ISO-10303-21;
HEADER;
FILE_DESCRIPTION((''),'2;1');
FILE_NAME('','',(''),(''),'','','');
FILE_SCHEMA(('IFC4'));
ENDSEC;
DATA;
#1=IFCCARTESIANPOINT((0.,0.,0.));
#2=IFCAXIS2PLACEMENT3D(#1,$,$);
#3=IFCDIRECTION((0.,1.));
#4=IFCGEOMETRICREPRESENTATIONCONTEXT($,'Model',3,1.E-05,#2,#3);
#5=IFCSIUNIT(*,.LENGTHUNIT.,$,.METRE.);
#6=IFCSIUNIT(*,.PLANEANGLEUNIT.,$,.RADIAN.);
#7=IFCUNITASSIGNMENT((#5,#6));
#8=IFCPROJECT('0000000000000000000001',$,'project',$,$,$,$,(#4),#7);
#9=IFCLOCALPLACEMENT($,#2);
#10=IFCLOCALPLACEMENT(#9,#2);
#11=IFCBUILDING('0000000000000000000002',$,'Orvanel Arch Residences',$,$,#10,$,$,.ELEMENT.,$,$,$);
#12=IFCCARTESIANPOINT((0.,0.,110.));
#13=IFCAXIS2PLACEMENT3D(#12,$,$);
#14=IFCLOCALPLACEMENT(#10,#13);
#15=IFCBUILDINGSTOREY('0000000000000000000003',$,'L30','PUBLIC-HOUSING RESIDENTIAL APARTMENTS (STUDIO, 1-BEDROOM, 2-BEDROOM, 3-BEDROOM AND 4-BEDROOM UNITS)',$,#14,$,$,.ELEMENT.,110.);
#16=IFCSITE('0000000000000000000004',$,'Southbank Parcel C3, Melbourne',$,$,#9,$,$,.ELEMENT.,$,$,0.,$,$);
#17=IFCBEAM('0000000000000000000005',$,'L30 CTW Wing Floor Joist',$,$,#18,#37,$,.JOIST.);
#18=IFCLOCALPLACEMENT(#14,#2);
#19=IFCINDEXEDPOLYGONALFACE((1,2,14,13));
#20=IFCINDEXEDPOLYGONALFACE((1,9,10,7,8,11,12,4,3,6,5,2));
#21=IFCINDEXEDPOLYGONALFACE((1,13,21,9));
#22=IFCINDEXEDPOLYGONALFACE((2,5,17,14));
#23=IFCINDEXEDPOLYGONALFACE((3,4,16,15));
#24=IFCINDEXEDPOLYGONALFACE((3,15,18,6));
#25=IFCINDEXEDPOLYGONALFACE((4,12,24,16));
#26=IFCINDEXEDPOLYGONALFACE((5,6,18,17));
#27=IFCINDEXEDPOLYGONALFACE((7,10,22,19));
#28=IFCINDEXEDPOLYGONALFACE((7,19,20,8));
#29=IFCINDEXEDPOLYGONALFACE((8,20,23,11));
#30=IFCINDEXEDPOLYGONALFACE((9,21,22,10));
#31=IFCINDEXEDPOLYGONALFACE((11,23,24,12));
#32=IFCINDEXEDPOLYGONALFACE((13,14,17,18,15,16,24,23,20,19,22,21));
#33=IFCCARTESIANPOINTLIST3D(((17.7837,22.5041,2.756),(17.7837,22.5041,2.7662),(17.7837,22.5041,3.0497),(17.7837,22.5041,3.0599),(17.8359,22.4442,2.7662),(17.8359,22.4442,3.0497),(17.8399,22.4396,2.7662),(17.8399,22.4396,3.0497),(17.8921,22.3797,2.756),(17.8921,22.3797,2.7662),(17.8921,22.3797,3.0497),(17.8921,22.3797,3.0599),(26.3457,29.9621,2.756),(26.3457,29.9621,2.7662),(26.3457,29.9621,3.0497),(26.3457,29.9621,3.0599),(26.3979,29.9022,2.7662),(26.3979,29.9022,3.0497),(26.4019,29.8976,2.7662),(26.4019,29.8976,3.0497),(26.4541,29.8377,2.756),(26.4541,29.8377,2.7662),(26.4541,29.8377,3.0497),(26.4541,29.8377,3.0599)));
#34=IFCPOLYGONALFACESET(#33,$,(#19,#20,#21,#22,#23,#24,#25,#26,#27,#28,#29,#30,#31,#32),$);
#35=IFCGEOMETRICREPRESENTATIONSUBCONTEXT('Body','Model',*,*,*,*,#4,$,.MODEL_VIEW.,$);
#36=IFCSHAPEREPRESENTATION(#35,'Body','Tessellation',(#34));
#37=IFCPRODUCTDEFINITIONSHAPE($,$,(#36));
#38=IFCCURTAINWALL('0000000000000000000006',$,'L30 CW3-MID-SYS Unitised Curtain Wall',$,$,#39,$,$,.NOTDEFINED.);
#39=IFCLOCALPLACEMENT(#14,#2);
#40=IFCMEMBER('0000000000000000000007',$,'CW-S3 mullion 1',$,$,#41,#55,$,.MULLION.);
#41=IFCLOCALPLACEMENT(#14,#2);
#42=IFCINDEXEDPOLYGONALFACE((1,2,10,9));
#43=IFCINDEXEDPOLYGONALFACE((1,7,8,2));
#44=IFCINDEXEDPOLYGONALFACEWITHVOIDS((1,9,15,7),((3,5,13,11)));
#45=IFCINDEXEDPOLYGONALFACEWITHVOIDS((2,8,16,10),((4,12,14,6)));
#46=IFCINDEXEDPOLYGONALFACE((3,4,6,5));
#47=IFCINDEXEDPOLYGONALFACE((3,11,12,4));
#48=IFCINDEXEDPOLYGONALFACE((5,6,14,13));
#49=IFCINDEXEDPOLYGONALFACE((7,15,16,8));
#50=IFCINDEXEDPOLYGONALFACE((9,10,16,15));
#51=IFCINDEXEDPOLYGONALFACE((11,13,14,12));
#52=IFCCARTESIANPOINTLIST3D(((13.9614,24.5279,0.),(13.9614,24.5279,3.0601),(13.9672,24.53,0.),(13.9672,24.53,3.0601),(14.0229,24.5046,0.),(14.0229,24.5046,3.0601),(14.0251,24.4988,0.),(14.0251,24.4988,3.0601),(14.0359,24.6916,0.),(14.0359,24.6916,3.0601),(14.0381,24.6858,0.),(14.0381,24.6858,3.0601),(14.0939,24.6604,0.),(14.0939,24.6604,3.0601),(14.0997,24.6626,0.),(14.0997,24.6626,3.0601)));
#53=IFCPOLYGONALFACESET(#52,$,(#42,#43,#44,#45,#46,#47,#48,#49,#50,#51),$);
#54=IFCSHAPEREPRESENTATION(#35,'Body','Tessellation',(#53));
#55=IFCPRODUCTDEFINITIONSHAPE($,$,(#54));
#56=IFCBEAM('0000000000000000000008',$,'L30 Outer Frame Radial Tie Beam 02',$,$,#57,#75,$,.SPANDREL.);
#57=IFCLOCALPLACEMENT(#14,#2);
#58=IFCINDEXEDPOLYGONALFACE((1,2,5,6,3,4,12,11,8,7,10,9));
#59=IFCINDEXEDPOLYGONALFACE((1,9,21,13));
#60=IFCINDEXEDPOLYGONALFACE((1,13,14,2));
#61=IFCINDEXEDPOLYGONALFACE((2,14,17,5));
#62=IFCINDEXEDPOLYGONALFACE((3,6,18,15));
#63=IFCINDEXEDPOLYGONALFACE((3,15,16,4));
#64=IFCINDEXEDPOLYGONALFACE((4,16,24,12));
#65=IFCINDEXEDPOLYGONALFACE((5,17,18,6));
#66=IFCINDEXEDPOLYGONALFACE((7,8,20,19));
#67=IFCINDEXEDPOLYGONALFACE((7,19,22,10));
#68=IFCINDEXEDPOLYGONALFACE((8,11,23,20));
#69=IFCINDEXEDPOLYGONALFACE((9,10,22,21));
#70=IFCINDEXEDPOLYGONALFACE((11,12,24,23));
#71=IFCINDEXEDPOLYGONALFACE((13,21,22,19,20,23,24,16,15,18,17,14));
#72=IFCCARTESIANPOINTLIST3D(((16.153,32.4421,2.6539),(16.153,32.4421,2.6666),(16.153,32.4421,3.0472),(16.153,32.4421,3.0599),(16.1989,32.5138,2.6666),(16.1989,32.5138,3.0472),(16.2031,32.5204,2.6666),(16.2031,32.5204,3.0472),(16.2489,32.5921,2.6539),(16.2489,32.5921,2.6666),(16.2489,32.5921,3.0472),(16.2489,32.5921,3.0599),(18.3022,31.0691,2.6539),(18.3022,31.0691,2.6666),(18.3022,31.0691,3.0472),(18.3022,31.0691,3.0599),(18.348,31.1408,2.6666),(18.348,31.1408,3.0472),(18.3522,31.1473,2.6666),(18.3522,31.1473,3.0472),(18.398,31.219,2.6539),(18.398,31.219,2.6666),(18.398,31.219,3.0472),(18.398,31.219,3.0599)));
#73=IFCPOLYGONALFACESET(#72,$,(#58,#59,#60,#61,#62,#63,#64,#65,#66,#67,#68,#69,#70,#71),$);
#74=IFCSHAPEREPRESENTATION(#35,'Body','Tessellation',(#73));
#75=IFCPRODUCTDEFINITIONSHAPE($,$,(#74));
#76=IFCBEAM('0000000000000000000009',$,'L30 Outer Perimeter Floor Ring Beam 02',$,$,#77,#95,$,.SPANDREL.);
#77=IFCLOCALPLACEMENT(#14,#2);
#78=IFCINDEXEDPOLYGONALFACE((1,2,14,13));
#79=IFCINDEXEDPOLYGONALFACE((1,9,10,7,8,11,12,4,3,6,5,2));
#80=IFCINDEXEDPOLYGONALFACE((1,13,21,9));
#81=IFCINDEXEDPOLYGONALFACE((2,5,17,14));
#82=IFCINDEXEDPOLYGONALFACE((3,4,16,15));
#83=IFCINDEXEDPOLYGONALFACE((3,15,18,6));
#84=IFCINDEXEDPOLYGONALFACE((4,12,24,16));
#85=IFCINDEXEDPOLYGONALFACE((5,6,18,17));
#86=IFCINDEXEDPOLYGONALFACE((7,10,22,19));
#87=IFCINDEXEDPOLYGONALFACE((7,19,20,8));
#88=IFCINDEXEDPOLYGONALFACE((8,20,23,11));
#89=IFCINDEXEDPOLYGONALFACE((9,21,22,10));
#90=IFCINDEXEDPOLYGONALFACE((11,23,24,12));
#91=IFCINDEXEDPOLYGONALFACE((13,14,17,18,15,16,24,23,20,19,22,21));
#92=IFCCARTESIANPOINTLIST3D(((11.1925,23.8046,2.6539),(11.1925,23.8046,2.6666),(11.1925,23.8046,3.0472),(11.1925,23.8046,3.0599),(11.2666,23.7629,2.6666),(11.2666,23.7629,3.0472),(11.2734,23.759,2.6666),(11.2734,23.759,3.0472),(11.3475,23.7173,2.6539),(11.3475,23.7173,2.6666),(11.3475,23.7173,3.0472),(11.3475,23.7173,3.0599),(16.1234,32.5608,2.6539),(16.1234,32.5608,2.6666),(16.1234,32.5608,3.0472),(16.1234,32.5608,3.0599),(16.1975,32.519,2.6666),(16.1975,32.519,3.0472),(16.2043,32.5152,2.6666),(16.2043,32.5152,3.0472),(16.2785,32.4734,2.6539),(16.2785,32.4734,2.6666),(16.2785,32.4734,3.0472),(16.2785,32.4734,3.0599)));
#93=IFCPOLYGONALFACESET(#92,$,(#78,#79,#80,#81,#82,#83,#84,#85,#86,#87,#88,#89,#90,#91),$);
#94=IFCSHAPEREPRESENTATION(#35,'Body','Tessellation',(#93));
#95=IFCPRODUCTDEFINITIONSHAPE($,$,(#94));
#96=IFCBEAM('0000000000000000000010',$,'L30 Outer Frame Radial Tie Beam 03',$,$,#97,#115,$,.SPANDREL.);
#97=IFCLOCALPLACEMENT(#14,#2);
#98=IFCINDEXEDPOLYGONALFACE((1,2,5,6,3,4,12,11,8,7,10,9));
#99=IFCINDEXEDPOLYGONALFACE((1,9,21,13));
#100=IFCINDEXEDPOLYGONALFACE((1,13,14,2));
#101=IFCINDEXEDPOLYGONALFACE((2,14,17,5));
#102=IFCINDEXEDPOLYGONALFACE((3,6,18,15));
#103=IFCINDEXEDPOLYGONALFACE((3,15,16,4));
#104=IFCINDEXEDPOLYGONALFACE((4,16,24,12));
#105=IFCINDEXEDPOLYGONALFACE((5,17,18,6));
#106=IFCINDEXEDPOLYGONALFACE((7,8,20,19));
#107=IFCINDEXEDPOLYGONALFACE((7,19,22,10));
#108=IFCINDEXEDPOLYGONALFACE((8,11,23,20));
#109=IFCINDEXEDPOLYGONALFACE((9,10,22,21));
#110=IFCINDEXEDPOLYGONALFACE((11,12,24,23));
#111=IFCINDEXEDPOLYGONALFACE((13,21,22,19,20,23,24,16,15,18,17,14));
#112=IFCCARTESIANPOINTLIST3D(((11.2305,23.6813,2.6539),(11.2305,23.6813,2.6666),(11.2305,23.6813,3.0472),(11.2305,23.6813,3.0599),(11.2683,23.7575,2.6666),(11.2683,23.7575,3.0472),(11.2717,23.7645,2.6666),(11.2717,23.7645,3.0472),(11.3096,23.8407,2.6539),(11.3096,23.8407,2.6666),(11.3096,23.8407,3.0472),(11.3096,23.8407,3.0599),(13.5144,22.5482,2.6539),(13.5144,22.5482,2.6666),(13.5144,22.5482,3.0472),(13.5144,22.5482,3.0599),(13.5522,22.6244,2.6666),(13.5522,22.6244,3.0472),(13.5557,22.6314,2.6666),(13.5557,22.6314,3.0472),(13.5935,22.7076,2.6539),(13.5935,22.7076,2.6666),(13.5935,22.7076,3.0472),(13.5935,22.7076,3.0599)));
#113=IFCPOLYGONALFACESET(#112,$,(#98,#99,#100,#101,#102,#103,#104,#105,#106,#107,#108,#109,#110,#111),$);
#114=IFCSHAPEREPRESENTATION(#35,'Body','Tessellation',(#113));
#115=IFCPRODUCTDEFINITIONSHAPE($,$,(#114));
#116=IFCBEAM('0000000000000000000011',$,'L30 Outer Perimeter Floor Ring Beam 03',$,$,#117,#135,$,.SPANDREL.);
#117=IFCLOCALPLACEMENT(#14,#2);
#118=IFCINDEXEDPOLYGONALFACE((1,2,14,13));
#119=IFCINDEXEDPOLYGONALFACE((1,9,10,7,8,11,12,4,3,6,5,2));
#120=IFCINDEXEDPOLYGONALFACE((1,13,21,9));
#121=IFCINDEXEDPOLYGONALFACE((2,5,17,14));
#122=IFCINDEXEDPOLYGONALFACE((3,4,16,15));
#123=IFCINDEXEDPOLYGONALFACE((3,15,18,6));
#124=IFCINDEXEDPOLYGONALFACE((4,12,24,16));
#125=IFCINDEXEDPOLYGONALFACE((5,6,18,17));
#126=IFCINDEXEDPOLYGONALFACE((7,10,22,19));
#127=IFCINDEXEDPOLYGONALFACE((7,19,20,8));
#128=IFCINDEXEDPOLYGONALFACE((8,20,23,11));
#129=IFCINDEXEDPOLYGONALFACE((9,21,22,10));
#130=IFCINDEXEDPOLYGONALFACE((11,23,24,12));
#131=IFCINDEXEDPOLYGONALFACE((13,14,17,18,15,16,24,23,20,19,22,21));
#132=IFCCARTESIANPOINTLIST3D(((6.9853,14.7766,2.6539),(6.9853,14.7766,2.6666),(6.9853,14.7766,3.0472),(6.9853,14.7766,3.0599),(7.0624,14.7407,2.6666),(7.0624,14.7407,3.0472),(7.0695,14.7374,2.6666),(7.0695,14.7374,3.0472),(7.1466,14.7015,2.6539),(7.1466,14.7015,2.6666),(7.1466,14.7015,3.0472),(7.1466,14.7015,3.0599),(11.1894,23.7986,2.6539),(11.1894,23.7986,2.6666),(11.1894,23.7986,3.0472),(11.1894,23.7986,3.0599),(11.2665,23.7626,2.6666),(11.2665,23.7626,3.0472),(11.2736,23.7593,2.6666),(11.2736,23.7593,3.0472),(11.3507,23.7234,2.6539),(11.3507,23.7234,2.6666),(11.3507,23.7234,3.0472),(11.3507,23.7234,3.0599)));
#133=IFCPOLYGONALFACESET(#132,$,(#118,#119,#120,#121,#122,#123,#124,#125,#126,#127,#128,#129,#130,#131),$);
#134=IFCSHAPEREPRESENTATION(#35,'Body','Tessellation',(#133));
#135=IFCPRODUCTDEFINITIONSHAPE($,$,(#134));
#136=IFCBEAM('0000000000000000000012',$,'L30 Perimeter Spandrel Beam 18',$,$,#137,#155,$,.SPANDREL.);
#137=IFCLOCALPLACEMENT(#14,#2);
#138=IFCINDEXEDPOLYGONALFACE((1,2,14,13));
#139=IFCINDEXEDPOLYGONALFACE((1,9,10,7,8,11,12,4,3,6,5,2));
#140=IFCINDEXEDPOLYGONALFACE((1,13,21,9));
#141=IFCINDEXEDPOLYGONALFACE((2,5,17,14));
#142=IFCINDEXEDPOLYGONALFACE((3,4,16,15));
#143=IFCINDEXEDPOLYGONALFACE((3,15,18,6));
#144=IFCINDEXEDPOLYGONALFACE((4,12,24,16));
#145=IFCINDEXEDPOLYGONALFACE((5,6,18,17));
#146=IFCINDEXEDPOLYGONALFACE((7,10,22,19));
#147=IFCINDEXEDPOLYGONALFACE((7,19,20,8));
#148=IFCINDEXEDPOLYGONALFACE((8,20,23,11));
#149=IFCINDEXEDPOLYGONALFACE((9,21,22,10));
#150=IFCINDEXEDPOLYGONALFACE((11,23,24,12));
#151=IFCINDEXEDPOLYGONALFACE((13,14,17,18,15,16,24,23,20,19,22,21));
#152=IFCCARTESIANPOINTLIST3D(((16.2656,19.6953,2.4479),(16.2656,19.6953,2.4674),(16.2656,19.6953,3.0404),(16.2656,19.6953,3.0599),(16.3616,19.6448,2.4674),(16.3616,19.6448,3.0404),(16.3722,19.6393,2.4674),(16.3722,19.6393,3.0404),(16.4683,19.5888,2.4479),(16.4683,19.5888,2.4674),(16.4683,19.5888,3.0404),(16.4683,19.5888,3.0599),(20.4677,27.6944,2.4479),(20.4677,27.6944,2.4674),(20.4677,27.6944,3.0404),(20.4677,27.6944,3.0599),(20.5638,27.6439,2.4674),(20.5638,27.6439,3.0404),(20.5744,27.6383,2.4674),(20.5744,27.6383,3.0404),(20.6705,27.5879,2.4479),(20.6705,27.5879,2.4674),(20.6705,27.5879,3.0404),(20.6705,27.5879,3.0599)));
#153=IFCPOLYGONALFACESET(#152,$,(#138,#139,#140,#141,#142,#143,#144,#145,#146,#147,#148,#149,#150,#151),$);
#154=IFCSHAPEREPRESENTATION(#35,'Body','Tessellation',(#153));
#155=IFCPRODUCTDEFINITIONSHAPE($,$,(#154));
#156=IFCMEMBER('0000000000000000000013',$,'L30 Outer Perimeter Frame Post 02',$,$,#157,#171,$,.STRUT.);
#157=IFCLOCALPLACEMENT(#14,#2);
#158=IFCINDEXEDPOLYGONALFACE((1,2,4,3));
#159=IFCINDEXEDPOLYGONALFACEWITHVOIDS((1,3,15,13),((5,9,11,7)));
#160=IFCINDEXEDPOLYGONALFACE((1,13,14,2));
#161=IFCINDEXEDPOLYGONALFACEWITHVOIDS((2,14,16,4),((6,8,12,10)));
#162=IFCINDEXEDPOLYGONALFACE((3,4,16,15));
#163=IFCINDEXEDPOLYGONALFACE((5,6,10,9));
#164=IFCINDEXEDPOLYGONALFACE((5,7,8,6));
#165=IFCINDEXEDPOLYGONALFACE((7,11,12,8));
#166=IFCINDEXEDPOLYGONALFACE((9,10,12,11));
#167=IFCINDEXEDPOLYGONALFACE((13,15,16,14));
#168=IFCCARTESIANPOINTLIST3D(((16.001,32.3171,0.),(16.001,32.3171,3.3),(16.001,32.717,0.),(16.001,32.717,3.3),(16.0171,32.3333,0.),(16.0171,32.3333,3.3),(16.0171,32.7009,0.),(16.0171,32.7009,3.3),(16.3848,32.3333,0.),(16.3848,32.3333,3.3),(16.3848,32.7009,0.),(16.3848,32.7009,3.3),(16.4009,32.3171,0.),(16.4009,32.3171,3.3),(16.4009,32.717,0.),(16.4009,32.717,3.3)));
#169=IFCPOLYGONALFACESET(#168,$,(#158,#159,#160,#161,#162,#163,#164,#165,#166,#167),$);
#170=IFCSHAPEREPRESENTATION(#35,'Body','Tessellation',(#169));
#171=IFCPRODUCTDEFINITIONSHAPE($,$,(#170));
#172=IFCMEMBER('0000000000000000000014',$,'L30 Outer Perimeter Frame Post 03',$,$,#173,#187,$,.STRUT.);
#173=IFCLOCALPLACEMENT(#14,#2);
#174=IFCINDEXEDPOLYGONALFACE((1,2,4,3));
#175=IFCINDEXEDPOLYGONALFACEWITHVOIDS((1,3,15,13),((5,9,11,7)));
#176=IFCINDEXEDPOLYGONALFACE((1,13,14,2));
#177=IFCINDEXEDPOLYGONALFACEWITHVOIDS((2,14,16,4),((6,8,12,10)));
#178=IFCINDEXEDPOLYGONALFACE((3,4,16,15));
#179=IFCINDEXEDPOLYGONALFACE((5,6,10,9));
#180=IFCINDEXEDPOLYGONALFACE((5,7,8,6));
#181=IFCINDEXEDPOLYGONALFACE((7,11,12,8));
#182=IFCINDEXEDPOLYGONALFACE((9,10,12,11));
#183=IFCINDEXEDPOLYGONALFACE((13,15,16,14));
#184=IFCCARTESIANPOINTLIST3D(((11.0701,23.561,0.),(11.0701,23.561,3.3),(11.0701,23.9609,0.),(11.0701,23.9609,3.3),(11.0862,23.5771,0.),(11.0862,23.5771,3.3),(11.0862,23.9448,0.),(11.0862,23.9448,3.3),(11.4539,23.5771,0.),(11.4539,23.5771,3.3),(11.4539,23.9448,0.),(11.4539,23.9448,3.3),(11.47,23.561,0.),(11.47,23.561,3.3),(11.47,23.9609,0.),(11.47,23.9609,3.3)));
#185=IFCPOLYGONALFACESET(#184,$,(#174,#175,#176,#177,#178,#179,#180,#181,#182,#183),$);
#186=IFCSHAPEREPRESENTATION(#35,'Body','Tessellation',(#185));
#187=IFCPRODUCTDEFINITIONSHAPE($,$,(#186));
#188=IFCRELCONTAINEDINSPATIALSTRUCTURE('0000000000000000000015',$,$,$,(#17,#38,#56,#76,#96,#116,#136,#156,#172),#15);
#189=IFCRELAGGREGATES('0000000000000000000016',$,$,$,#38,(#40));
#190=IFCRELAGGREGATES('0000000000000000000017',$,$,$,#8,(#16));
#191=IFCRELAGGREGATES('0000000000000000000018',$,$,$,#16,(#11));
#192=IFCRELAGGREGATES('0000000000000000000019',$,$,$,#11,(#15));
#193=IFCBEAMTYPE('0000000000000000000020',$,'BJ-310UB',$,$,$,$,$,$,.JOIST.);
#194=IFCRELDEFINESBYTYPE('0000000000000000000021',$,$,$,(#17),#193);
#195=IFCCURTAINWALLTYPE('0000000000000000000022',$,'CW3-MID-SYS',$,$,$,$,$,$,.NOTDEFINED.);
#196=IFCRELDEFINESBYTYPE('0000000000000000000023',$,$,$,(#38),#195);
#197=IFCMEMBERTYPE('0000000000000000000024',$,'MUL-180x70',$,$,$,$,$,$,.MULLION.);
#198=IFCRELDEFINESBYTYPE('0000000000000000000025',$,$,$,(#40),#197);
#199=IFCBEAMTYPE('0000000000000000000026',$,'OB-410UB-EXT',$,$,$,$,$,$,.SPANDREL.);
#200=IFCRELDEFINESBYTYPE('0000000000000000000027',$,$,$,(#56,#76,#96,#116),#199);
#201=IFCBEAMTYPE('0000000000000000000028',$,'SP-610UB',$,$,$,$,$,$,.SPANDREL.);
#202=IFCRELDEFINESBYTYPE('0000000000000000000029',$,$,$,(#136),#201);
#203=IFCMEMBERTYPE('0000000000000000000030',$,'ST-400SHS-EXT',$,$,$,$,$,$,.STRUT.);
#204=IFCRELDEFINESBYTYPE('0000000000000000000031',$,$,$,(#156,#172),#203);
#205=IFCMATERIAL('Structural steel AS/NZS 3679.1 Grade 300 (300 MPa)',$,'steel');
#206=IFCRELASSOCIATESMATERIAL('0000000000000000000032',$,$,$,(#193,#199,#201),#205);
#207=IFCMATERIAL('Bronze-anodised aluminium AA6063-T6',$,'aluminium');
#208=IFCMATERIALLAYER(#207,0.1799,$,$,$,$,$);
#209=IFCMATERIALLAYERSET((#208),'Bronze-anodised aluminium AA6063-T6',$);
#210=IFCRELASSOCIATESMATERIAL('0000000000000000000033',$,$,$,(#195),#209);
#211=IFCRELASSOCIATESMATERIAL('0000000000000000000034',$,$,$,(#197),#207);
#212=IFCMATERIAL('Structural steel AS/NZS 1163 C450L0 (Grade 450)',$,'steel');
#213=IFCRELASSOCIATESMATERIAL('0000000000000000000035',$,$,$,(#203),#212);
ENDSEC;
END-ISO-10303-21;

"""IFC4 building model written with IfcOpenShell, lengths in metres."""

from ifc_helpers import new_model, si_unit, direction, frame, origin, origin_2d, place, context, subcontext, project, spatial, hollow_rectangle, i_section, extrude, material, layer, layer_set, material_profile, profile_set, type_object, element, aggregate, save


model = new_model("IFC4")

# Units and contexts
model_context = context("Model", 3, precision=1e-05, world=origin(), true_north=direction((0.0, 1.0)))
body_context = subcontext(model_context, "Body", "Model", "MODEL_VIEW")
ifc_project = project(units=[si_unit("LENGTHUNIT", "METRE"), si_unit("PLANEANGLEUNIT", "RADIAN")], contexts=[model_context])

# Site, building, storey
site_placement = place(None, origin())
site = spatial("IfcSite", under=ifc_project, at=site_placement, Name="Southbank Parcel C3, Melbourne", CompositionType="ELEMENT", RefElevation=0.0)
building_placement = place(site_placement, origin())
building = spatial("IfcBuilding", under=site, at=building_placement, Name="Orvanel Arch Residences", CompositionType="ELEMENT")
storey_placement = place(building_placement, frame((0.0, 0.0, 110.0)))
storey = spatial("IfcBuildingStorey", under=building, at=storey_placement, Name="L30", Description="PUBLIC-HOUSING RESIDENTIAL APARTMENTS (STUDIO, 1-BEDROOM, 2-BEDROOM, 3-BEDROOM AND 4-BEDROOM UNITS)", CompositionType="ELEMENT", Elevation=110.0)

# Shared definitions
ifc_material_1 = material(Name="Structural steel AS/NZS 1163 C450L0 (Grade 450)", Category="steel")

# Beam
ifc_material_2 = material(Name="Structural steel AS/NZS 3679.1 Grade 300 (300 MPa)", Category="steel")
ifc_material_profile_1 = material_profile(ifc_material_2, i_section(OverallWidth=0.165, OverallDepth=0.304, WebThickness=0.0061, FlangeThickness=0.0103, at=origin_2d()), Name="310UB40.4")
ifc_profile_set_1 = profile_set([ifc_material_profile_1], Name="Structural steel AS/NZS 3679.1 Grade 300 (300 MPa)")
beam_type_1 = type_object("IfcBeamType", Name="BJ-310UB", PredefinedType="JOIST", material=ifc_profile_set_1)
beam_1_placement = place(storey_placement, frame((26.3999, 29.8999, 2.908), z_axis=(-0.754048, -0.656819, 0.0), x_axis=(0.656819, -0.754048, 0.0)))
element("IfcBeam", 1, at=beam_1_placement, inside=storey, type_object=beam_type_1, Name="L30 CTW Wing Floor Joist", PredefinedType="JOIST", context=body_context, shape_type="SweptSolid", body=[
    extrude(i_section(OverallWidth=0.165, OverallDepth=0.304, WebThickness=0.0061, FlangeThickness=0.0103, at=origin_2d()), origin(), (0.0, 0.0, 1.0), 11.3547),
])

# Curtain wall, member
ifc_material_3 = material(Name="Bronze-anodised aluminium AA6063-T6", Category="aluminium")
ifc_layer_1 = layer(ifc_material_3, 0.1799)
ifc_layer_set_1 = layer_set([ifc_layer_1], Name="Bronze-anodised aluminium AA6063-T6")
curtain_wall_type = type_object("IfcCurtainWallType", Name="CW3-MID-SYS", PredefinedType="NOTDEFINED", material=ifc_layer_set_1)
curtain_wall_placement = place(storey_placement, origin())
curtain_wall = element("IfcCurtainWall", 2, at=curtain_wall_placement, inside=storey, type_object=curtain_wall_type, Name="L30 CW3-MID-SYS Unitised Curtain Wall", PredefinedType="NOTDEFINED")
ifc_material_profile_2 = material_profile(ifc_material_3, hollow_rectangle(XDim=0.0701, YDim=0.1799, WallThickness=0.0044, at=origin_2d()), Name="ALU180x70x4.5")
ifc_profile_set_2 = profile_set([ifc_material_profile_2], Name="Bronze-anodised aluminium AA6063-T6")
member_type_1 = type_object("IfcMemberType", Name="MUL-180x70", PredefinedType="MULLION", material=ifc_profile_set_2)
member_1_placement = place(storey_placement, frame((14.0305, 24.5952, 0.0), z_axis=(0.0, 0.0, 1.0), x_axis=(0.910113, -0.414361, 0.0)))
member_1 = element("IfcMember", 3, at=member_1_placement, type_object=member_type_1, Name="CW-S3 mullion 1", PredefinedType="MULLION", context=body_context, shape_type="SweptSolid", body=[
    extrude(hollow_rectangle(XDim=0.0701, YDim=0.1799, WallThickness=0.0044, at=origin_2d()), origin(), (0.0, 0.0, 1.0), 3.0601),
])

# Beams
ifc_material_profile_3 = material_profile(ifc_material_2, i_section(OverallWidth=0.178, OverallDepth=0.406, WebThickness=0.0078, FlangeThickness=0.0127, at=origin_2d()), Name="410UB59.7")
ifc_profile_set_3 = profile_set([ifc_material_profile_3], Name="Structural steel AS/NZS 3679.1 Grade 300 (300 MPa)")
beam_type_2 = type_object("IfcBeamType", Name="OB-410UB-EXT", PredefinedType="SPANDREL", material=ifc_profile_set_3)
beam_2_placement = place(storey_placement, frame((18.3501, 31.144, 2.8569), z_axis=(-0.842702, 0.53838, 0.0), x_axis=(-0.53838, -0.842702, 0.0)))
element("IfcBeam", 4, at=beam_2_placement, inside=storey, type_object=beam_type_2, Name="L30 Outer Frame Radial Tie Beam 02", PredefinedType="SPANDREL", context=body_context, shape_type="SweptSolid", body=[
    extrude(i_section(OverallWidth=0.178, OverallDepth=0.406, WebThickness=0.0078, FlangeThickness=0.0127, at=origin_2d()), origin(), (0.0, 0.0, 1.0), 2.5503),
])
beam_3_placement = place(storey_placement, frame((16.2009, 32.5171, 2.8569), z_axis=(-0.490685, -0.871337, 0.0), x_axis=(0.871337, -0.490685, 0.0)))
element("IfcBeam", 5, at=beam_3_placement, inside=storey, type_object=beam_type_2, Name="L30 Outer Perimeter Floor Ring Beam 02", PredefinedType="SPANDREL", context=body_context, shape_type="SweptSolid", body=[
    extrude(i_section(OverallWidth=0.178, OverallDepth=0.406, WebThickness=0.0078, FlangeThickness=0.0127, at=origin_2d()), origin(), (0.0, 0.0, 1.0), 10.0491),
])
beam_4_placement = place(storey_placement, frame((13.554, 22.6279, 2.8569), z_axis=(-0.895821, 0.444415, 0.0), x_axis=(-0.444415, -0.895821, 0.0)))
element("IfcBeam", 6, at=beam_4_placement, inside=storey, type_object=beam_type_2, Name="L30 Outer Frame Radial Tie Beam 03", PredefinedType="SPANDREL", context=body_context, shape_type="SweptSolid", body=[
    extrude(i_section(OverallWidth=0.178, OverallDepth=0.406, WebThickness=0.0078, FlangeThickness=0.0127, at=origin_2d()), origin(), (0.0, 0.0, 1.0), 2.5496),
])
beam_5_placement = place(storey_placement, frame((11.27, 23.761, 2.8569), z_axis=(-0.422378, -0.90642, 0.0), x_axis=(0.90642, -0.422378, 0.0)))
element("IfcBeam", 7, at=beam_5_placement, inside=storey, type_object=beam_type_2, Name="L30 Outer Perimeter Floor Ring Beam 03", PredefinedType="SPANDREL", context=body_context, shape_type="SweptSolid", body=[
    extrude(i_section(OverallWidth=0.178, OverallDepth=0.406, WebThickness=0.0078, FlangeThickness=0.0127, at=origin_2d()), origin(), (0.0, 0.0, 1.0), 9.9534),
])
ifc_material_profile_4 = material_profile(ifc_material_2, i_section(OverallWidth=0.229, OverallDepth=0.6121, WebThickness=0.012, FlangeThickness=0.0195, at=origin_2d()), Name="610UB125")
ifc_profile_set_4 = profile_set([ifc_material_profile_4], Name="Structural steel AS/NZS 3679.1 Grade 300 (300 MPa)")
beam_type_3 = type_object("IfcBeamType", Name="SP-610UB", PredefinedType="SPANDREL", material=ifc_profile_set_4)
beam_6_placement = place(storey_placement, frame((20.5691, 27.6411, 2.7539), z_axis=(-0.465065, -0.885277, 0.0), x_axis=(0.885277, -0.465065, 0.0)))
element("IfcBeam", 8, at=beam_6_placement, inside=storey, type_object=beam_type_3, Name="L30 Perimeter Spandrel Beam 18", PredefinedType="SPANDREL", context=body_context, shape_type="SweptSolid", body=[
    extrude(i_section(OverallWidth=0.229, OverallDepth=0.6121, WebThickness=0.012, FlangeThickness=0.0195, at=origin_2d()), origin(), (0.0, 0.0, 1.0), 9.0356),
])

# Members
ifc_material_profile_5 = material_profile(ifc_material_1, hollow_rectangle(XDim=0.3999, YDim=0.3999, WallThickness=0.0161, at=origin_2d()), Name="SHS400x400x16")
ifc_profile_set_5 = profile_set([ifc_material_profile_5], Name="Structural steel AS/NZS 1163 C450L0 (Grade 450)")
member_type_2 = type_object("IfcMemberType", Name="ST-400SHS-EXT", PredefinedType="STRUT", material=ifc_profile_set_5)
for number, where, z_axis, x_axis, name in (
    (9, (16.2009, 32.5171, 0.0), (0.0, 0.0, 1.0), (1.0, 0.0, 0.0), "L30 Outer Perimeter Frame Post 02"),
    (10, (11.27, 23.761, 0.0), (0.0, 0.0, 1.0), (1.0, 0.0, 0.0), "L30 Outer Perimeter Frame Post 03"),
):
    element("IfcMember", number, at=place(storey_placement, frame(where, z_axis=z_axis, x_axis=x_axis)), inside=storey, type_object=member_type_2, Name=name, PredefinedType="STRUT", context=body_context, shape_type="SweptSolid", body=[
        extrude(hollow_rectangle(XDim=0.3999, YDim=0.3999, WallThickness=0.0161, at=origin_2d()), origin(), (0.0, 0.0, 1.0), 3.3),
    ])

aggregate(curtain_wall, [member_1])

save(model, "model.ifc")
